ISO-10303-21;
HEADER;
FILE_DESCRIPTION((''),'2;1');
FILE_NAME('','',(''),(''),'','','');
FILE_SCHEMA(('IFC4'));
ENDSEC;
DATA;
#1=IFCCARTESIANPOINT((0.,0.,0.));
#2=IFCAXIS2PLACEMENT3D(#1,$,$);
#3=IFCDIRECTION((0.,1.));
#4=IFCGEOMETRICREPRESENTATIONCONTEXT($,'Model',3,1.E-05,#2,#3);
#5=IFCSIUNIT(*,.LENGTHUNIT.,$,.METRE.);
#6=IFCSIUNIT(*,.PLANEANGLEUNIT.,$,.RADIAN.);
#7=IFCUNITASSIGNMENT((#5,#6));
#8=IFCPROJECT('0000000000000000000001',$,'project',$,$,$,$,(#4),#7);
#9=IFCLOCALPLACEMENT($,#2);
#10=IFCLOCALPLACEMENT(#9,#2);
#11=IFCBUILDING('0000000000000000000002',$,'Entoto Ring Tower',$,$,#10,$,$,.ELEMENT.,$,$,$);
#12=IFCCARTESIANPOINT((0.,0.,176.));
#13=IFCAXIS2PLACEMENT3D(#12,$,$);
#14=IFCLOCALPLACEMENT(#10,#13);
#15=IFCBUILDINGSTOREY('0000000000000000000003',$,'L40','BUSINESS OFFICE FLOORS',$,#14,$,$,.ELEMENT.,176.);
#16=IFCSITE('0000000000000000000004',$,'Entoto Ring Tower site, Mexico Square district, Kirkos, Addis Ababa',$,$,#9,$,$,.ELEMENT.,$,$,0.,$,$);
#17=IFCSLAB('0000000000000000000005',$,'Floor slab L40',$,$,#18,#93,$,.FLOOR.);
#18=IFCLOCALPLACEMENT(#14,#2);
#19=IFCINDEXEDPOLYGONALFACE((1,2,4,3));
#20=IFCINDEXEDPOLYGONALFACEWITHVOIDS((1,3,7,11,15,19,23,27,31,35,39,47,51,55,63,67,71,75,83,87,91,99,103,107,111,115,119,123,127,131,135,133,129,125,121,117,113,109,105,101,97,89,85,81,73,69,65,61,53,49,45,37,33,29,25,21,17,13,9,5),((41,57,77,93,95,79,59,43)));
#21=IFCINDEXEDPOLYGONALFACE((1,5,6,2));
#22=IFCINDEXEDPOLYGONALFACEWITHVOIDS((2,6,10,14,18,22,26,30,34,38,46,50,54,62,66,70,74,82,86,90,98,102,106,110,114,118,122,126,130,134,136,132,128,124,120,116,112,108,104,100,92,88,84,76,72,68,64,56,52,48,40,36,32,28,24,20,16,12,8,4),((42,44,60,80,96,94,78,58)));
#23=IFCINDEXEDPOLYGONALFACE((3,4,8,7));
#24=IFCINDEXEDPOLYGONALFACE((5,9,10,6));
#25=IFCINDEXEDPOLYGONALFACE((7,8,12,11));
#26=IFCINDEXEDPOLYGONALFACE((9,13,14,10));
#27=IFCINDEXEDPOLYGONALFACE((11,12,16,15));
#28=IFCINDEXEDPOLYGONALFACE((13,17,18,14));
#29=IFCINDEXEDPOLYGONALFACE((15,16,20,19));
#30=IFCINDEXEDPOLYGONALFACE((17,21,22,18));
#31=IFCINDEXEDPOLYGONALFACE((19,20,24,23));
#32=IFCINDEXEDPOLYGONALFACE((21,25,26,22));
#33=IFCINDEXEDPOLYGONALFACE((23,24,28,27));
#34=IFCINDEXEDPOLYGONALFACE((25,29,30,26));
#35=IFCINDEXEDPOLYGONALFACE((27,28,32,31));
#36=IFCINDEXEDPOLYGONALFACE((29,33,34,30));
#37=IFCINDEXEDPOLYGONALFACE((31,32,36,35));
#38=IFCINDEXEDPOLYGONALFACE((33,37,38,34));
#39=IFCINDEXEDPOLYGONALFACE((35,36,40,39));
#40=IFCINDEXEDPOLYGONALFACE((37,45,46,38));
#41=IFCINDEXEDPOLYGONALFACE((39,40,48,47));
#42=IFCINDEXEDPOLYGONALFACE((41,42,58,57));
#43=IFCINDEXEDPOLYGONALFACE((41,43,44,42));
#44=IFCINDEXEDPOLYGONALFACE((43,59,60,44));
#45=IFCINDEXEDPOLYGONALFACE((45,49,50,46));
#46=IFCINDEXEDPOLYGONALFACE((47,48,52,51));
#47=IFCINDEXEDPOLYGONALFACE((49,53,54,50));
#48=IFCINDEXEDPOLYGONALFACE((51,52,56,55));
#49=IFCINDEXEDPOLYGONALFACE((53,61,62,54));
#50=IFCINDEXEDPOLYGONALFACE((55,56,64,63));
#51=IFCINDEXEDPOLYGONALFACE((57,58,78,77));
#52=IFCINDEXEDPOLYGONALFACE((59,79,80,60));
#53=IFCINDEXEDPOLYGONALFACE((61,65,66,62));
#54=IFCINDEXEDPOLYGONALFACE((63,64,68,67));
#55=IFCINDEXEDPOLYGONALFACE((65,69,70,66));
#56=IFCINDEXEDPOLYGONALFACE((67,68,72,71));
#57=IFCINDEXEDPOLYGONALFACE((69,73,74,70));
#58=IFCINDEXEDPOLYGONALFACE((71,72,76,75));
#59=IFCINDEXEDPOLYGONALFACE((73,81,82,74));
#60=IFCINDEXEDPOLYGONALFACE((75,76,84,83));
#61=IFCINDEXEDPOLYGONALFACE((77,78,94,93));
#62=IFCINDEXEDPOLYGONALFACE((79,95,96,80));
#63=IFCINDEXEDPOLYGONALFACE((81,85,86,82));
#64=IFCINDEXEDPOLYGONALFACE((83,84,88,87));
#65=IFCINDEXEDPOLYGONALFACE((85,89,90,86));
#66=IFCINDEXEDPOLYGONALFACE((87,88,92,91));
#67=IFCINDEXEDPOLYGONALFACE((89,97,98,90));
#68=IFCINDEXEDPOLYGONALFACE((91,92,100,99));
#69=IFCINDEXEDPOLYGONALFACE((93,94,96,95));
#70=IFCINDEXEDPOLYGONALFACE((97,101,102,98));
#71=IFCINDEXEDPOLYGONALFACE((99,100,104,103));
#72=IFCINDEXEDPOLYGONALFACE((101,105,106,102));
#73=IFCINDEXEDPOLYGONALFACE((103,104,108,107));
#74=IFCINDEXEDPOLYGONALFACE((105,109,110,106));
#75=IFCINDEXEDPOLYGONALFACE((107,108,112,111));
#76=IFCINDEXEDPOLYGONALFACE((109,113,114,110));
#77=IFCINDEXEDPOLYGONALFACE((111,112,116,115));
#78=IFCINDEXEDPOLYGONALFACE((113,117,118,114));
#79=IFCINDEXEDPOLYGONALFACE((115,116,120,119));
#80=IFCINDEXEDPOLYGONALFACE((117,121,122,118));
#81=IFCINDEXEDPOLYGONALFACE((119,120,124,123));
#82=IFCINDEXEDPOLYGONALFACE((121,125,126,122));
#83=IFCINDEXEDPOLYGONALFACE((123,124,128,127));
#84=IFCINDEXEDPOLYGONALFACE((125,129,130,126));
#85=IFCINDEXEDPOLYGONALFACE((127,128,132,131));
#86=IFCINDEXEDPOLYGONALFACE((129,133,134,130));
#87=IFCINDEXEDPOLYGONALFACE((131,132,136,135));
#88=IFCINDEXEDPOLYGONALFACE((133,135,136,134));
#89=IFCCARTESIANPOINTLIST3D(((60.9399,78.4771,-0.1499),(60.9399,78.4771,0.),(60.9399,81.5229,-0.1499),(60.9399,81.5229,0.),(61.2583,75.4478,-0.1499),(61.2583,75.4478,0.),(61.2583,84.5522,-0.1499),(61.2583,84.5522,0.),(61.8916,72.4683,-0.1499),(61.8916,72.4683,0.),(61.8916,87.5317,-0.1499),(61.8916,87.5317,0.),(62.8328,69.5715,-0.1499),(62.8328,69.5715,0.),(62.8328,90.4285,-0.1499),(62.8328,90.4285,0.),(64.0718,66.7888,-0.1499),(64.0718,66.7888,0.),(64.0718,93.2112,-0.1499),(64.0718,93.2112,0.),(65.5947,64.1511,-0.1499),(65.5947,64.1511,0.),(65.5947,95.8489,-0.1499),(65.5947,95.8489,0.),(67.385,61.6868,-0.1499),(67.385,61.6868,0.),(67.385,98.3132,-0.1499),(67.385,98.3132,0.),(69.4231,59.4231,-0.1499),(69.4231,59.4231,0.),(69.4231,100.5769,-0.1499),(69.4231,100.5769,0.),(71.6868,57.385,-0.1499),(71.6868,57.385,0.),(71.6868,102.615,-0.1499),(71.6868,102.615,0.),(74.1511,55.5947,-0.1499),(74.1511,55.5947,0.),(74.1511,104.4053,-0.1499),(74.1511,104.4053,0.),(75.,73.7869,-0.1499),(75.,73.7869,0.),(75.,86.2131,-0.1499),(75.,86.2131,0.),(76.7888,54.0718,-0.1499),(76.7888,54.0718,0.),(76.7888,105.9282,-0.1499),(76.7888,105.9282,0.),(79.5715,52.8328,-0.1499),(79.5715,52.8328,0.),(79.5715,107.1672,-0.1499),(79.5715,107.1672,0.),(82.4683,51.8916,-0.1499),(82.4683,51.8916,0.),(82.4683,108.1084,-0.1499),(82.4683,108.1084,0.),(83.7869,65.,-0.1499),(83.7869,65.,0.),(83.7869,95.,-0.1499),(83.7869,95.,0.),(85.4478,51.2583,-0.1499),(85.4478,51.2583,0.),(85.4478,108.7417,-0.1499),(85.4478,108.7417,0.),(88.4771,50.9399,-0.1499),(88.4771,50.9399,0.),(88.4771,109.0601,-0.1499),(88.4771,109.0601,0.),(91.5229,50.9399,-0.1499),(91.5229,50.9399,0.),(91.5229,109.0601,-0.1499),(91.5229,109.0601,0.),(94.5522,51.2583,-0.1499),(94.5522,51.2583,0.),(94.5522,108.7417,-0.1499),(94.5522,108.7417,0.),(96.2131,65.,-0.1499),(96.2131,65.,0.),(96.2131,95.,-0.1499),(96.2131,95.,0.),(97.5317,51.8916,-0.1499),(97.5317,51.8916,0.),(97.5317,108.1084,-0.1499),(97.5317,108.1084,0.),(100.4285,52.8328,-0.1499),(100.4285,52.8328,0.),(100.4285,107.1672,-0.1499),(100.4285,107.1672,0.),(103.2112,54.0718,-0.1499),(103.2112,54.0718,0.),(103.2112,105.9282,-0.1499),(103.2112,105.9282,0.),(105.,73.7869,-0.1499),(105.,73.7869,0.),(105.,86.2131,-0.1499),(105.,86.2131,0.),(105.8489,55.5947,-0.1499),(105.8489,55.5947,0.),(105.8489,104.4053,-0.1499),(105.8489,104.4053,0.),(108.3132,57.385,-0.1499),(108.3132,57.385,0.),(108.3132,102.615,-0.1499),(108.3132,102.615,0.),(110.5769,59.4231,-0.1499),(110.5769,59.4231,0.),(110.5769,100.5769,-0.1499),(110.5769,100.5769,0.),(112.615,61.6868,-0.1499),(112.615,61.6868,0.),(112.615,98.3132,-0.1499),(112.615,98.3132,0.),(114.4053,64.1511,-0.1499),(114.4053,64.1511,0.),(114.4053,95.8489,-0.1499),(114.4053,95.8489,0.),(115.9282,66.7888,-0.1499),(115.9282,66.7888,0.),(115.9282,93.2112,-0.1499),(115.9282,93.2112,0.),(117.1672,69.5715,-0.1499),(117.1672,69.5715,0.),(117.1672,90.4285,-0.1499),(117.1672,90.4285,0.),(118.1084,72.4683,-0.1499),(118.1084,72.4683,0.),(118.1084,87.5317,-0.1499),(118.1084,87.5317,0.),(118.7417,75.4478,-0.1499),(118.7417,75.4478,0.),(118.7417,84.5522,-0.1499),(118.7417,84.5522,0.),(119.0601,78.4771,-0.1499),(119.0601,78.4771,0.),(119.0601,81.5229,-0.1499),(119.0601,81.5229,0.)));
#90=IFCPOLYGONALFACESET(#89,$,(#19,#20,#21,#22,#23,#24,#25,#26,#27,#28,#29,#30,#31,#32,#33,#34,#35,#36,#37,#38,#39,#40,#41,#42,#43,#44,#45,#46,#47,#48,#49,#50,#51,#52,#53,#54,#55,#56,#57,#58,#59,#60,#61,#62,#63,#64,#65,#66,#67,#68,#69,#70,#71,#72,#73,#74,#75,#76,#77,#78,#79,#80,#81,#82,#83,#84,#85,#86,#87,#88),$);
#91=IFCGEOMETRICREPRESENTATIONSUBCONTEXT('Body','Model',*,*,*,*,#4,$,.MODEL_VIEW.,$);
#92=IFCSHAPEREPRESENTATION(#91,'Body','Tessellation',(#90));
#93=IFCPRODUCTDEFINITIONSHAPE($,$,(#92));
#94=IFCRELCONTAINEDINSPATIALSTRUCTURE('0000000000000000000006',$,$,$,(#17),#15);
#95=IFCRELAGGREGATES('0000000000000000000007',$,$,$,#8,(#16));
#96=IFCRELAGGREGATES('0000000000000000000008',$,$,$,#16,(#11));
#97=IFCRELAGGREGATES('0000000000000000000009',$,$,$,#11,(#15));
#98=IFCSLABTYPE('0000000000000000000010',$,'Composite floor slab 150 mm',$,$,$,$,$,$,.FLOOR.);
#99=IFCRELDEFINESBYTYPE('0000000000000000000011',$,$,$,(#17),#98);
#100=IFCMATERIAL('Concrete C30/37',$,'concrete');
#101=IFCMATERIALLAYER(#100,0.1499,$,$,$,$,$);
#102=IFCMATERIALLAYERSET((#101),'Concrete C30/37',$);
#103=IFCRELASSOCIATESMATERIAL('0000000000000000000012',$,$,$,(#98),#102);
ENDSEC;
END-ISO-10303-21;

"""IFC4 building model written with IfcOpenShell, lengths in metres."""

from ifc_helpers import new_model, si_unit, direction, frame, origin, place, context, subcontext, project, spatial, polyline, outline, extrude, material, layer, layer_set, type_object, element, save


model = new_model("IFC4")

# Units and contexts
model_context = context("Model", 3, precision=1e-05, world=origin(), true_north=direction((0.0, 1.0)))
body_context = subcontext(model_context, "Body", "Model", "MODEL_VIEW")
ifc_project = project(units=[si_unit("LENGTHUNIT", "METRE"), si_unit("PLANEANGLEUNIT", "RADIAN")], contexts=[model_context])

# Site, building, storey
site_placement = place(None, origin())
building_placement = place(site_placement, origin())
storey_placement = place(building_placement, frame((0.0, 0.0, 176.0)))
site = spatial("IfcSite", under=ifc_project, at=site_placement, Name="Entoto Ring Tower site, Mexico Square district, Kirkos, Addis Ababa", CompositionType="ELEMENT", RefElevation=0.0)
building = spatial("IfcBuilding", under=site, at=building_placement, Name="Entoto Ring Tower", CompositionType="ELEMENT")
storey = spatial("IfcBuildingStorey", under=building, at=storey_placement, Name="L40", Description="BUSINESS OFFICE FLOORS", CompositionType="ELEMENT", Elevation=176.0)

# Slab
ifc_material_1 = material(Name="Concrete C30/37", Category="concrete")
ifc_layer_1 = layer(ifc_material_1, 0.1499)
ifc_layer_set_1 = layer_set([ifc_layer_1], Name="Concrete C30/37")
slab_type = type_object("IfcSlabType", Name="Composite floor slab 150 mm", PredefinedType="FLOOR", material=ifc_layer_set_1)
slab_placement = place(storey_placement, frame((0.0, 0.0, -0.1499)))
element("IfcSlab", 1, at=slab_placement, inside=storey, type_object=slab_type, Name="Floor slab L40", PredefinedType="FLOOR", context=body_context, shape_type="SweptSolid", body=[
    extrude(outline(polyline([(118.7417, 84.5522), (118.1084, 87.5317), (117.1672, 90.4285), (115.9282, 93.2112), (114.4053, 95.8489), (112.615, 98.3132), (110.5769, 100.5769), (108.3132, 102.615), (105.8489, 104.4053), (103.2112, 105.9282), (100.4285, 107.1672), (97.5317, 108.1084), (94.5522, 108.7417), (91.5229, 109.0601), (88.4771, 109.0601), (85.4478, 108.7417), (82.4683, 108.1084), (79.5715, 107.1672), (76.7888, 105.9282), (74.1511, 104.4053), (71.6868, 102.615), (69.4231, 100.5769), (67.385, 98.3132), (65.5947, 95.8489), (64.0718, 93.2112), (62.8328, 90.4285), (61.8916, 87.5317), (61.2583, 84.5522), (60.9399, 81.5229), (60.9399, 78.4771), (61.2583, 75.4478), (61.8916, 72.4683), (62.8328, 69.5715), (64.0718, 66.7888), (65.5947, 64.1511), (67.385, 61.6868), (69.4231, 59.4231), (71.6868, 57.385), (74.1511, 55.5947), (76.7888, 54.0718), (79.5715, 52.8328), (82.4683, 51.8916), (85.4478, 51.2583), (88.4771, 50.9399), (91.5229, 50.9399), (94.5522, 51.2583), (97.5317, 51.8916), (100.4285, 52.8328), (103.2112, 54.0718), (105.8489, 55.5947), (108.3132, 57.385), (110.5769, 59.4231), (112.615, 61.6868), (114.4053, 64.1511), (115.9282, 66.7888), (117.1672, 69.5715), (118.1084, 72.4683), (118.7417, 75.4478), (119.0601, 78.4771), (119.0601, 81.5229), (118.7417, 84.5522)]), holes=[polyline([(105.0, 73.7869), (105.0, 86.2131), (96.2131, 95.0), (83.7869, 95.0), (75.0, 86.2131), (75.0, 73.7869), (83.7869, 65.0), (96.2131, 65.0), (105.0, 73.7869)])]), origin(), (0.0, 0.0, 1.0), 0.1499),
])

save(model, "model.ifc")
